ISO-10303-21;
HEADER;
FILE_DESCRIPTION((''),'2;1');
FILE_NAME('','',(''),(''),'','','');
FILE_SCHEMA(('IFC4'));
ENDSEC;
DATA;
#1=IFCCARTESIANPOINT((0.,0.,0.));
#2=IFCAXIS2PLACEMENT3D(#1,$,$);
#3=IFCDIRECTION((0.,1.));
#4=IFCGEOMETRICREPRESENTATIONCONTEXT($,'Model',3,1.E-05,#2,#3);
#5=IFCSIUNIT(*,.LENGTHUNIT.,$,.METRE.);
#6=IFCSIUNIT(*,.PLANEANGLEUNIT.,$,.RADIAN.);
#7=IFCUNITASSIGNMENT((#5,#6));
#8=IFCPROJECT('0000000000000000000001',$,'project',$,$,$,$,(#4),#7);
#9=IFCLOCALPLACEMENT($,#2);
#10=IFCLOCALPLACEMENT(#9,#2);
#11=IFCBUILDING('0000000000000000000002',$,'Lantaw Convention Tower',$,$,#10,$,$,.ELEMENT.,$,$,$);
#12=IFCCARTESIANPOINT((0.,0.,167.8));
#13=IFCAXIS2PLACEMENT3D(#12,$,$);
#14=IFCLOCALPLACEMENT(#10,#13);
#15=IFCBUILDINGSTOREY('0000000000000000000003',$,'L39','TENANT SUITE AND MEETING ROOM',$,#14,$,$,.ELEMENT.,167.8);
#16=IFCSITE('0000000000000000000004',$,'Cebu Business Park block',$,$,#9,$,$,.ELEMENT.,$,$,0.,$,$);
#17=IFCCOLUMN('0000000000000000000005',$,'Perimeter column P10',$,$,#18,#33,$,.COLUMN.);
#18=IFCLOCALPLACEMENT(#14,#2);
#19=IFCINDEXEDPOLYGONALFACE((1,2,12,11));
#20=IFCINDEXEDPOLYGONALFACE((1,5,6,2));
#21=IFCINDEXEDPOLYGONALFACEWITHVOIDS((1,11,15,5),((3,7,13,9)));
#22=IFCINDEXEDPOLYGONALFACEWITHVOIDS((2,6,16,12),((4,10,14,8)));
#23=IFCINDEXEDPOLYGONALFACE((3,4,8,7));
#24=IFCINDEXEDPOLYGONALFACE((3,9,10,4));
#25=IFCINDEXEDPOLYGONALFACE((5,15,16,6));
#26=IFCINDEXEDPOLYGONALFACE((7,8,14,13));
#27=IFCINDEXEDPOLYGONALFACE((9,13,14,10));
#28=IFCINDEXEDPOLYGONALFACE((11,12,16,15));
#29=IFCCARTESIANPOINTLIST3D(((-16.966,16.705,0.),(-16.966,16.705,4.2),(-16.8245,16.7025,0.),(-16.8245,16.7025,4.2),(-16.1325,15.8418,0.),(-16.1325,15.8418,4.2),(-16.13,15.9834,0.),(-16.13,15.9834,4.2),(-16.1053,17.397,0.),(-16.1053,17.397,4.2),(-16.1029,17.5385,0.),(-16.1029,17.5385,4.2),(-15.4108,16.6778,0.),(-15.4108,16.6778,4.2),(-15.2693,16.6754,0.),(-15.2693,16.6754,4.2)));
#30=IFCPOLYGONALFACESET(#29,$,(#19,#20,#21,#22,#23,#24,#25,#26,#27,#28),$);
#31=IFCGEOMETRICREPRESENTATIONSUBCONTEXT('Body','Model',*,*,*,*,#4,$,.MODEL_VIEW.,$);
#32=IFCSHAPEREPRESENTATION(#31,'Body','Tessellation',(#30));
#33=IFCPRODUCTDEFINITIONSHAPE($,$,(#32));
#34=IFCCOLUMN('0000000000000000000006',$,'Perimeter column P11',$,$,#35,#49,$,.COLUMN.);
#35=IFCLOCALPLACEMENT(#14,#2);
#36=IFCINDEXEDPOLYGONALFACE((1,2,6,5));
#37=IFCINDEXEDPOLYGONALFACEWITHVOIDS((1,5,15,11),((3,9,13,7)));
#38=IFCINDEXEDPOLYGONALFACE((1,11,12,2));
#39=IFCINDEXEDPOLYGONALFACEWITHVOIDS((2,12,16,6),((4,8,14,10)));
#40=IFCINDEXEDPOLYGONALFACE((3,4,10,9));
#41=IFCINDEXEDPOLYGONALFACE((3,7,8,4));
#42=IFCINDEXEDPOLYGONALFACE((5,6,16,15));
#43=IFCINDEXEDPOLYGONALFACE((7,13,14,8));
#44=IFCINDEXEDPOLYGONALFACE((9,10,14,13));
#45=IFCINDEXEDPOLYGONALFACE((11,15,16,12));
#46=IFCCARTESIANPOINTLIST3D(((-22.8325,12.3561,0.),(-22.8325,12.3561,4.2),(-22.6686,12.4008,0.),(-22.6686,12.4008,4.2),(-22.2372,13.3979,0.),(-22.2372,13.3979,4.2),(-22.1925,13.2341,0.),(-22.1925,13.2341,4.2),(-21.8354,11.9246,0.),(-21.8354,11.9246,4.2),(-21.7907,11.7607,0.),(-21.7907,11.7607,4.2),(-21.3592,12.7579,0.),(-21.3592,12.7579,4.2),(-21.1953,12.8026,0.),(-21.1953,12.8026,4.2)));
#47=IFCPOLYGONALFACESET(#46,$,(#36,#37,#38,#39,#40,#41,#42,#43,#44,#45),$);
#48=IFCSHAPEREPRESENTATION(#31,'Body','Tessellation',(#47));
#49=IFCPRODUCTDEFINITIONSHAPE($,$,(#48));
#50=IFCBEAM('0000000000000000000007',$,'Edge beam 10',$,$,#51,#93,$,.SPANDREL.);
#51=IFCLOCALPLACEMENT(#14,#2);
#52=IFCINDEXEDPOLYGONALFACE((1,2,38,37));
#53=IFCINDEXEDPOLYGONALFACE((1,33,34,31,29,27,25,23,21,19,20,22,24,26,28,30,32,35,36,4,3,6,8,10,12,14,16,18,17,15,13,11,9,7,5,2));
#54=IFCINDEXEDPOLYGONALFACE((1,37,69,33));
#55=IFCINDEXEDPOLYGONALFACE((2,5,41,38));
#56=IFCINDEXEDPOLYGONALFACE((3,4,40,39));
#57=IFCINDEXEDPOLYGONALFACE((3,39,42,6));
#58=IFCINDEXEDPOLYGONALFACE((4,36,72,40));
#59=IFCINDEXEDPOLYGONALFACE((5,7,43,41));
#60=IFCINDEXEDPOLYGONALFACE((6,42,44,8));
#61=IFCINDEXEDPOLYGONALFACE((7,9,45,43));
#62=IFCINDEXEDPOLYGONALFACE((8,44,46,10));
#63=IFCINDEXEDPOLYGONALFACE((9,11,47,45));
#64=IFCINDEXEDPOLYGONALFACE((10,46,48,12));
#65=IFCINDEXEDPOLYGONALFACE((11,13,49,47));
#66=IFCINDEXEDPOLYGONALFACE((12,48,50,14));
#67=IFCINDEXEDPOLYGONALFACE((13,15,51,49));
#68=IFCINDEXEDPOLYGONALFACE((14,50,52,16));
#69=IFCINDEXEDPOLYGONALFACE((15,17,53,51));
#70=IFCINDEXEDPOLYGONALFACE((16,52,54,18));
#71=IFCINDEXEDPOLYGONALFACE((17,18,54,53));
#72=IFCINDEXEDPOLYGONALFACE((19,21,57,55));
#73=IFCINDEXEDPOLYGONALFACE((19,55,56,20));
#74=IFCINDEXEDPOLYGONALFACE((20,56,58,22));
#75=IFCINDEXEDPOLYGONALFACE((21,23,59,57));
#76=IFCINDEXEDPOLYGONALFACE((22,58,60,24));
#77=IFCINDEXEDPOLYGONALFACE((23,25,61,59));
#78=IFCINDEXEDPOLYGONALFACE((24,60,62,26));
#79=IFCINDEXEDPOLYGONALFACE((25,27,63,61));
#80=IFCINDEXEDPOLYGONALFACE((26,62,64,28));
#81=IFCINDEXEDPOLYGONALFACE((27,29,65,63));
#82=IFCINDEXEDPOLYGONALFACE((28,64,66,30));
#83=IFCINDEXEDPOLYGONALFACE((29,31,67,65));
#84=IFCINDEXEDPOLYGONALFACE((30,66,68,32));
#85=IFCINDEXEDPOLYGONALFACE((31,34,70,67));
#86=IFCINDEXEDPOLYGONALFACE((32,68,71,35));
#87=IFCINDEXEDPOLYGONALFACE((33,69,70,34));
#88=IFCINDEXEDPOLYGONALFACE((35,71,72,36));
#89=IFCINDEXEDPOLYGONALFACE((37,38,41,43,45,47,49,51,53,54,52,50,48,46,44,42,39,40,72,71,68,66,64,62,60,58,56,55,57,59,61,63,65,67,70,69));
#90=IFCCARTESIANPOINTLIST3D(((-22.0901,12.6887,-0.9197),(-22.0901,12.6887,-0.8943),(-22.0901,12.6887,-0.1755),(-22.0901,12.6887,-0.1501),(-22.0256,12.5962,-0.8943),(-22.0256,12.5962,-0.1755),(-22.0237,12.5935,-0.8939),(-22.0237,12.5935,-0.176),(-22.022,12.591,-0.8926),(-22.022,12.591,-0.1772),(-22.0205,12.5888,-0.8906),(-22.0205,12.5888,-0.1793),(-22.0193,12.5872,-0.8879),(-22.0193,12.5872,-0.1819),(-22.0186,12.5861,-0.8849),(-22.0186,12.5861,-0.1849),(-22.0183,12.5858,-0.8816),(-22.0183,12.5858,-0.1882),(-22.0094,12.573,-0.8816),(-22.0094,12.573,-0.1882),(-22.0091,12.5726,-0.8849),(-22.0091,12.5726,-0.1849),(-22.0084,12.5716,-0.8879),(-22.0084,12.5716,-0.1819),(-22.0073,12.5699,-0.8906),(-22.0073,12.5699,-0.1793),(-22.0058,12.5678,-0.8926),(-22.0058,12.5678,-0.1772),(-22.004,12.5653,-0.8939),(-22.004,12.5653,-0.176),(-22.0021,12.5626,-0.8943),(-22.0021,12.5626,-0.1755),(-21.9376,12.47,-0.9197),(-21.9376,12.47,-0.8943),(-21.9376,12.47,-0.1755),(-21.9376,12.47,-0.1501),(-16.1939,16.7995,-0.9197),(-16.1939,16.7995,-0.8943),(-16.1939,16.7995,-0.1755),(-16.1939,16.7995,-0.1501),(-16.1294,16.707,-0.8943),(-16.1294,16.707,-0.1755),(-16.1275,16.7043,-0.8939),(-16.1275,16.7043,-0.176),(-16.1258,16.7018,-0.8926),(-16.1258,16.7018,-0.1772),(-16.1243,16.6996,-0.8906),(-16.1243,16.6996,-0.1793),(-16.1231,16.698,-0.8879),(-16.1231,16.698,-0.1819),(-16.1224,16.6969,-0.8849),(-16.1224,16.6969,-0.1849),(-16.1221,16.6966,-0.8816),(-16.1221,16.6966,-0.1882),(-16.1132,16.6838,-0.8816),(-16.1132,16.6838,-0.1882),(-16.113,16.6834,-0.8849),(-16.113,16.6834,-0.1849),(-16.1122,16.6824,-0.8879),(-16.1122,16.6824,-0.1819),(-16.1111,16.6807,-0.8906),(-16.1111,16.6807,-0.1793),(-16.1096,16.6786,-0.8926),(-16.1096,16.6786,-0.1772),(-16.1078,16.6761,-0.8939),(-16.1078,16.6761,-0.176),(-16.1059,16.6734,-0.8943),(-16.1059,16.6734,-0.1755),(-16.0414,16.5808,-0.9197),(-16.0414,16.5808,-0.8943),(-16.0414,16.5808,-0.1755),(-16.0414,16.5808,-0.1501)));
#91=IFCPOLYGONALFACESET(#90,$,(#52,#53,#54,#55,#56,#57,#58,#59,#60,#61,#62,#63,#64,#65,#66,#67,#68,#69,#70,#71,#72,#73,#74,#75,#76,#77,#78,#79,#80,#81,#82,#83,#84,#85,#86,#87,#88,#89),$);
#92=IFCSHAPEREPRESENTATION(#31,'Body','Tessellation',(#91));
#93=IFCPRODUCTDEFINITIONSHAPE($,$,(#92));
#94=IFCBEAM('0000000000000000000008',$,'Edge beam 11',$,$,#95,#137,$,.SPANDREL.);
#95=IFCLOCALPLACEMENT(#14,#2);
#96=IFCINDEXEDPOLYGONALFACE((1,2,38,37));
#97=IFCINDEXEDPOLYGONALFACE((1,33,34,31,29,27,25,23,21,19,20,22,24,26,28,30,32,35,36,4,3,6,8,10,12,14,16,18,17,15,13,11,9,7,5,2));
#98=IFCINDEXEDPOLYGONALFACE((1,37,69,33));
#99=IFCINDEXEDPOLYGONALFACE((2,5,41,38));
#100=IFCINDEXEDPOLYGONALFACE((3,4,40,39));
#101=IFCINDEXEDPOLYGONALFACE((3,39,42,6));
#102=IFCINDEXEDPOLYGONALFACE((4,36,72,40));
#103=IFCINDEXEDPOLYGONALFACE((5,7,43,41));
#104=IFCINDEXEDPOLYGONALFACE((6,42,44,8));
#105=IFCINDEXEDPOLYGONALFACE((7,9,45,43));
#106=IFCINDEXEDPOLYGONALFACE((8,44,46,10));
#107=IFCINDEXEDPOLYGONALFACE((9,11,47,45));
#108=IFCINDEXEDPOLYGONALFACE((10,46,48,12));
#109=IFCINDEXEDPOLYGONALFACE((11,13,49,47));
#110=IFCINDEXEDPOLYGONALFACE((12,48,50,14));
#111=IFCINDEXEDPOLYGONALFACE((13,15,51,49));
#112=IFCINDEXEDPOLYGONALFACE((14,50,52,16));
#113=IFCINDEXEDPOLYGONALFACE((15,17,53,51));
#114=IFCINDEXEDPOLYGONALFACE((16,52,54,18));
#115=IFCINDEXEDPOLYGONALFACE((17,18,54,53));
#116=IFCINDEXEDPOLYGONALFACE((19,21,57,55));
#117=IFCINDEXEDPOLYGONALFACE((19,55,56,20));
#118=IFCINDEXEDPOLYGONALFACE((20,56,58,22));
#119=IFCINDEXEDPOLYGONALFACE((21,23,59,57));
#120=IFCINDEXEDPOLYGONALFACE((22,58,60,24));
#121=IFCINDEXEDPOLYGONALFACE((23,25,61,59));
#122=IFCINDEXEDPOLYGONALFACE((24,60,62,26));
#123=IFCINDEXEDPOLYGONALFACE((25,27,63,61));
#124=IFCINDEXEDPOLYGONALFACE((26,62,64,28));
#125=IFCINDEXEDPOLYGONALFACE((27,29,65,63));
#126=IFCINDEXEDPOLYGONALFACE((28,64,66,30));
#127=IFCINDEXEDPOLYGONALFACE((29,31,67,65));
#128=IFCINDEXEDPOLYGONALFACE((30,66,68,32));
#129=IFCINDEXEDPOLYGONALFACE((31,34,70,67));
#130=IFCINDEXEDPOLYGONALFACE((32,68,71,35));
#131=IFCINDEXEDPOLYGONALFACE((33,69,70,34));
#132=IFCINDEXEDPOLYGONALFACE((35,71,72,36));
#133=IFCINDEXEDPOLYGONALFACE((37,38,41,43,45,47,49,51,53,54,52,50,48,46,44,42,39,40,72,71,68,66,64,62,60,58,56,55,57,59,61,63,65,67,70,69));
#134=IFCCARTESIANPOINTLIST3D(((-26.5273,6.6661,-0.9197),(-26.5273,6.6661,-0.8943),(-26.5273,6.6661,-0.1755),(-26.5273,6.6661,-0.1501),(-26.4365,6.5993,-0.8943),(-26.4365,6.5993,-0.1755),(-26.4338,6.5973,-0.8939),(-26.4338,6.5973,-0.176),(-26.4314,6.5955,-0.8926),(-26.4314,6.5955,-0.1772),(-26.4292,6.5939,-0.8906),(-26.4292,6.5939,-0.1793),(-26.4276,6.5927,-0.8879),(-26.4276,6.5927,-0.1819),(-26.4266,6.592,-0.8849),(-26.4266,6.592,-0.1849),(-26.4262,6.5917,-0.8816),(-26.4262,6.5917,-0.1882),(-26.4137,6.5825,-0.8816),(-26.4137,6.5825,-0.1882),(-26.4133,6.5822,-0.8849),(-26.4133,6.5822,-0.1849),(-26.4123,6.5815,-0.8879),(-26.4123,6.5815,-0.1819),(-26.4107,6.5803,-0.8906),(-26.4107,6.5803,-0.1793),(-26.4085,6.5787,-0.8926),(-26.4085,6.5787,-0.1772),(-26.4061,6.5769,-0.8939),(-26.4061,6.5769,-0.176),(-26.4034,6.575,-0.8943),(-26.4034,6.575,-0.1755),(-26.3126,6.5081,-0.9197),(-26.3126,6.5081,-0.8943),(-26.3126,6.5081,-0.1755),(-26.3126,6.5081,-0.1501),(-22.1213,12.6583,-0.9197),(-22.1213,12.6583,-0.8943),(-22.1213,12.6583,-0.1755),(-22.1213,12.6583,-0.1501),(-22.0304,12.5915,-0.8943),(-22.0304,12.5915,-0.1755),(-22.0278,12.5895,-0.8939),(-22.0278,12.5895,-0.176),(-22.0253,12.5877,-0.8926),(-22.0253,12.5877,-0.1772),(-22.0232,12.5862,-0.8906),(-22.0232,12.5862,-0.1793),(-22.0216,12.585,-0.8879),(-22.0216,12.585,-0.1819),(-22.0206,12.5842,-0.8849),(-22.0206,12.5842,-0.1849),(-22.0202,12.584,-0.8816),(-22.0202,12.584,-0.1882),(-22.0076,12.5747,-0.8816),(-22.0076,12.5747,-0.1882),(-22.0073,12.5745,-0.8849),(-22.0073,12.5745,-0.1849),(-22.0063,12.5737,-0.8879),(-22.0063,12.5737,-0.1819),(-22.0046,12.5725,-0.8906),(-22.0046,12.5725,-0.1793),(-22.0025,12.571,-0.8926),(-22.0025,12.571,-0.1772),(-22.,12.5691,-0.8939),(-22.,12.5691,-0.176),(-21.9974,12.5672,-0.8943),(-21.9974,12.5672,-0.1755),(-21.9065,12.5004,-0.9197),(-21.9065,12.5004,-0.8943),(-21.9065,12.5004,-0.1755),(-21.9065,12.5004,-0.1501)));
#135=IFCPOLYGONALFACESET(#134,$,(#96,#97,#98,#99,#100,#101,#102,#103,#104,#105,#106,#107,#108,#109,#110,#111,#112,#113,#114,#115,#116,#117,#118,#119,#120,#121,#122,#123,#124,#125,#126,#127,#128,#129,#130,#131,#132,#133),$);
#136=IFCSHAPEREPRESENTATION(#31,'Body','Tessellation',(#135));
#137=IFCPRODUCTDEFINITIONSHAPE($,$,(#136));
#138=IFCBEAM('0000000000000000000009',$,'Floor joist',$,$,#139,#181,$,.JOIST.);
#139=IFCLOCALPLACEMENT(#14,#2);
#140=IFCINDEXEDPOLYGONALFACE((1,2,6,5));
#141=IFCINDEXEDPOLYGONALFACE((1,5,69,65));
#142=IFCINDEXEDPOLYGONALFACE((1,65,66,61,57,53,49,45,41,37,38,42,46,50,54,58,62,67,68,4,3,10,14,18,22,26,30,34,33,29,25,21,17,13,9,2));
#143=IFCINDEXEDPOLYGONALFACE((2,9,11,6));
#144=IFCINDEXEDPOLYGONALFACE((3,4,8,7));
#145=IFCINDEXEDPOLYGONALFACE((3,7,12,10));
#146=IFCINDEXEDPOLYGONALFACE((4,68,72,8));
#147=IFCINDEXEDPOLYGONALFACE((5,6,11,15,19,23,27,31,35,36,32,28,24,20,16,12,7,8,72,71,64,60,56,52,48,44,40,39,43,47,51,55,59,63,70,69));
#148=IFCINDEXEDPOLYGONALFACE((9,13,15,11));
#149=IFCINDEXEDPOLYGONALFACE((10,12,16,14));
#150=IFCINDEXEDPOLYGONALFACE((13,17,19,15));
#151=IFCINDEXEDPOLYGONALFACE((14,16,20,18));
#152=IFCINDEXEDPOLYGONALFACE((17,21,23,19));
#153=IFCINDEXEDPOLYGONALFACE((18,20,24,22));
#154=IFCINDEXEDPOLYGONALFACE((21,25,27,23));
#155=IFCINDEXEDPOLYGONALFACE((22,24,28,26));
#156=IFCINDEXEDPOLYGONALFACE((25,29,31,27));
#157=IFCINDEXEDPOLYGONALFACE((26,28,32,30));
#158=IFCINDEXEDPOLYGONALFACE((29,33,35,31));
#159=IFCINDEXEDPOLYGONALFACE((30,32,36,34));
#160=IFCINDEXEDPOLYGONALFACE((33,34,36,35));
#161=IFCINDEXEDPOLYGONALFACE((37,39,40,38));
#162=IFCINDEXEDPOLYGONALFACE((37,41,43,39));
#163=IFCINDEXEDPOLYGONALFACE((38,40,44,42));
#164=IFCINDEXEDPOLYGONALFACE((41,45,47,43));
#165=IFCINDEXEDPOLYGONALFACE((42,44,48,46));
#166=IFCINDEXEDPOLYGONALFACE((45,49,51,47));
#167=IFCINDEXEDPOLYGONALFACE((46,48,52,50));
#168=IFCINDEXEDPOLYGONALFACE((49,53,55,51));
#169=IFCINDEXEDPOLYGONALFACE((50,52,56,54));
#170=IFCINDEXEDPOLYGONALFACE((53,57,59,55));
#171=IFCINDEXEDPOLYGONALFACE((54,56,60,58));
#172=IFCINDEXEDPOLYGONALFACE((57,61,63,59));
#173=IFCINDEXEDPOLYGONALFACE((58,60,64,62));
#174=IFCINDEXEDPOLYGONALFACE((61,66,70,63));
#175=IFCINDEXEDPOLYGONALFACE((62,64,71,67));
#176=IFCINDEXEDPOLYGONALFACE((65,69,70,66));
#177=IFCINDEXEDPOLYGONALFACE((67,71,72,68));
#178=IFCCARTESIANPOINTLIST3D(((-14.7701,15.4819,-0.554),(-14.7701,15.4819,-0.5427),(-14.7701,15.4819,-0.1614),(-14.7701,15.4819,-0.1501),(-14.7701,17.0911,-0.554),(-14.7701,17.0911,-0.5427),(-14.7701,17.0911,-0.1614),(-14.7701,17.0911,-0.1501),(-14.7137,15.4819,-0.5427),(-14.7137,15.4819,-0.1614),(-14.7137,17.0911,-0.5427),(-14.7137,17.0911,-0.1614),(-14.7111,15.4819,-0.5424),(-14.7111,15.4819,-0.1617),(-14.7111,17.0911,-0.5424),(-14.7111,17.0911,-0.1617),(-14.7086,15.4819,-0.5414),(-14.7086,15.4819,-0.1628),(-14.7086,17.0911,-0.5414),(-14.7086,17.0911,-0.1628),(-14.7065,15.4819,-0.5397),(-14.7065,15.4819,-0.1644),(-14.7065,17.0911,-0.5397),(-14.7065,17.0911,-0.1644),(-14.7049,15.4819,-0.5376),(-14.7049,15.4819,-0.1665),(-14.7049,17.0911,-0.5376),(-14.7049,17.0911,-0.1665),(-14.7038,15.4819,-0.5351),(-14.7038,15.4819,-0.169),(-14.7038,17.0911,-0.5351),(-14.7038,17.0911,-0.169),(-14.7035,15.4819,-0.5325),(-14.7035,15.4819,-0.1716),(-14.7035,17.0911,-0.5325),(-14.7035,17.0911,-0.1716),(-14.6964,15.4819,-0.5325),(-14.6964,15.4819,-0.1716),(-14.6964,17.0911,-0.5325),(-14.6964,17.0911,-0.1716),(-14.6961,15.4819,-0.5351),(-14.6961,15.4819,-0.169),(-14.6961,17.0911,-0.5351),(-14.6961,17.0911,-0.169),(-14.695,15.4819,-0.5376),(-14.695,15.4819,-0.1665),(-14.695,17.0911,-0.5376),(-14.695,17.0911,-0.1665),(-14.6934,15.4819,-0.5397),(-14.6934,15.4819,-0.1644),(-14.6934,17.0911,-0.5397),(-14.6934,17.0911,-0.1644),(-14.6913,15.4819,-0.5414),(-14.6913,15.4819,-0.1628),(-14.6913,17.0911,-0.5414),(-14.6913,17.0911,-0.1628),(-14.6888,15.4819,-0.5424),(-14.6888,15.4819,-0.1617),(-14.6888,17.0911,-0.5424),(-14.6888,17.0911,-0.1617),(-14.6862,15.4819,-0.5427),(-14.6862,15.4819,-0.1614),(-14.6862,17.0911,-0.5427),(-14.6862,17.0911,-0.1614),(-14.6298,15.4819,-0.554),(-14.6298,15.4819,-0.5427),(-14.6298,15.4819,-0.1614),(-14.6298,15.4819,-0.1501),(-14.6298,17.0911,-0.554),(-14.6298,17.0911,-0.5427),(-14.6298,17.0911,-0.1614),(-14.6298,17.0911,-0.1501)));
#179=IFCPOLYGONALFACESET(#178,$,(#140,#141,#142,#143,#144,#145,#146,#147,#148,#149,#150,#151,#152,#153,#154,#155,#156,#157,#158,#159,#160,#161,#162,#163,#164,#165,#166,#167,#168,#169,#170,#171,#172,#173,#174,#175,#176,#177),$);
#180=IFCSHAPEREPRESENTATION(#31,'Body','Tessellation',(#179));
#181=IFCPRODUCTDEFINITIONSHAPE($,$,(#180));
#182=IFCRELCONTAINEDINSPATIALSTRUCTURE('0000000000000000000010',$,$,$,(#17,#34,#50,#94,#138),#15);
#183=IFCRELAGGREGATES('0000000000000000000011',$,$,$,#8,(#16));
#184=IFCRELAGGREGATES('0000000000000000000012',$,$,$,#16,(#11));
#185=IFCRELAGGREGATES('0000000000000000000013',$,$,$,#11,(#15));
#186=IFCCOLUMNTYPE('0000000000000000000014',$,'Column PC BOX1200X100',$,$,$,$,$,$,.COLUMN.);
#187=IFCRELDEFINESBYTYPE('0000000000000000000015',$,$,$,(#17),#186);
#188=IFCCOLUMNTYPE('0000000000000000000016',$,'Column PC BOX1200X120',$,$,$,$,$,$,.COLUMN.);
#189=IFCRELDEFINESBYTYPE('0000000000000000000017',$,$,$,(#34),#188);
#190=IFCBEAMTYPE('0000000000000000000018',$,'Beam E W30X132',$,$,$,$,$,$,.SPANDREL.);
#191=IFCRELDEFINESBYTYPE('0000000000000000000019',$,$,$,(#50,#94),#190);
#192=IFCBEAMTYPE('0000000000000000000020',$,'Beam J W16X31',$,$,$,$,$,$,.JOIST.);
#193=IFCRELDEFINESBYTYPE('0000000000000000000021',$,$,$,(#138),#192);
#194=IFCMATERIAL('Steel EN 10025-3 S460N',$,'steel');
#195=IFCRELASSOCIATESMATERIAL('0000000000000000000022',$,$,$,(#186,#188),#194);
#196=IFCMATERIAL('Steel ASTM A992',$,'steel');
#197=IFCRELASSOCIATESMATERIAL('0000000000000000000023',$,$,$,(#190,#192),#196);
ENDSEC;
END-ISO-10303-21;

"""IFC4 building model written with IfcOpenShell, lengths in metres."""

from ifc_helpers import new_model, si_unit, direction, frame, origin, origin_2d, place, context, subcontext, project, spatial, rectangle, hollow_rectangle, i_section, extrude, material, material_profile, profile_set, type_object, element, save


model = new_model("IFC4")

# Units and contexts
model_context = context("Model", 3, precision=1e-05, world=origin(), true_north=direction((0.0, 1.0)))
body_context = subcontext(model_context, "Body", "Model", "MODEL_VIEW")
ifc_project = project(units=[si_unit("LENGTHUNIT", "METRE"), si_unit("PLANEANGLEUNIT", "RADIAN")], contexts=[model_context])

# Site, building, storey
site_placement = place(None, origin())
site = spatial("IfcSite", under=ifc_project, at=site_placement, Name="Cebu Business Park block", CompositionType="ELEMENT", RefElevation=0.0)
building_placement = place(site_placement, origin())
building = spatial("IfcBuilding", under=site, at=building_placement, Name="Lantaw Convention Tower", CompositionType="ELEMENT")
storey_placement = place(building_placement, frame((0.0, 0.0, 167.8)))
storey = spatial("IfcBuildingStorey", under=building, at=storey_placement, Name="L39", Description="TENANT SUITE AND MEETING ROOM", CompositionType="ELEMENT", Elevation=167.8)

# Columns
ifc_material_1 = material(Name="Steel EN 10025-3 S460N", Category="steel")
ifc_material_profile_1 = material_profile(ifc_material_1, hollow_rectangle(XDim=1.2, YDim=1.2, WallThickness=0.1001, at=origin_2d()), Name="BOX1200X100")
ifc_material_2 = material(Name="Concrete C60/75", Category="concrete")
ifc_material_profile_2 = material_profile(ifc_material_2, rectangle(XDim=1.0, YDim=1.0, at=origin_2d()), Name="Concrete fill of BOX1200X100")
ifc_profile_set_1 = profile_set([ifc_material_profile_1, ifc_material_profile_2], Name="Steel EN 10025-3 S460N")
column_type_1 = type_object("IfcColumnType", Name="Column PC BOX1200X100", PredefinedType="COLUMN", material=ifc_profile_set_1)
column_1_placement = place(storey_placement, frame((-16.1177, 16.6902, 0.0), z_axis=(0.0, 0.0, 1.0), x_axis=(0.71934, 0.694658, 0.0)))
element("IfcColumn", 1, at=column_1_placement, inside=storey, type_object=column_type_1, Name="Perimeter column P10", PredefinedType="COLUMN", context=body_context, shape_type="SweptSolid", body=[
    extrude(hollow_rectangle(XDim=1.2, YDim=1.2, WallThickness=0.1001, at=origin_2d()), origin(), (0.0, 0.0, 1.0), 4.2),
])
ifc_material_profile_3 = material_profile(ifc_material_1, hollow_rectangle(XDim=1.2, YDim=1.2, WallThickness=0.1201, at=origin_2d()), Name="BOX1200X120")
ifc_material_profile_4 = material_profile(ifc_material_2, rectangle(XDim=0.96, YDim=0.96, at=origin_2d()), Name="Concrete fill of BOX1200X120")
ifc_profile_set_2 = profile_set([ifc_material_profile_3, ifc_material_profile_4], Name="Steel EN 10025-3 S460N")
column_type_2 = type_object("IfcColumnType", Name="Column PC BOX1200X120", PredefinedType="COLUMN", material=ifc_profile_set_2)
column_2_placement = place(storey_placement, frame((-22.0139, 12.5793, 0.0), z_axis=(0.0, 0.0, 1.0), x_axis=(0.496139, 0.868243, 0.0)))
element("IfcColumn", 2, at=column_2_placement, inside=storey, type_object=column_type_2, Name="Perimeter column P11", PredefinedType="COLUMN", context=body_context, shape_type="SweptSolid", body=[
    extrude(hollow_rectangle(XDim=1.2, YDim=1.2, WallThickness=0.1201, at=origin_2d()), origin(), (0.0, 0.0, 1.0), 4.2),
])

# Beams
ifc_material_3 = material(Name="Steel ASTM A992", Category="steel")
ifc_material_profile_5 = material_profile(ifc_material_3, i_section(OverallWidth=0.2666, OverallDepth=0.7695, WebThickness=0.0156, FlangeThickness=0.0254, FilletRadius=0.0127, at=origin_2d()), Name="W30X132")
ifc_profile_set_3 = profile_set([ifc_material_profile_5], Name="Steel ASTM A992")
beam_type_1 = type_object("IfcBeamType", Name="Beam E W30X132", PredefinedType="SPANDREL", material=ifc_profile_set_3)
beam_1_placement = place(storey_placement, frame((-16.1177, 16.6902, -0.5349), z_axis=(-0.820311, -0.571918, 0.0), x_axis=(0.571918, -0.820311, 0.0)))
element("IfcBeam", 3, at=beam_1_placement, inside=storey, type_object=beam_type_1, Name="Edge beam 10", PredefinedType="SPANDREL", context=body_context, shape_type="SweptSolid", body=[
    extrude(i_section(OverallWidth=0.2666, OverallDepth=0.7695, WebThickness=0.0156, FlangeThickness=0.0254, FilletRadius=0.0127, at=origin_2d()), origin(), (0.0, 0.0, 1.0), 7.1877),
])
beam_2_placement = place(storey_placement, frame((-22.0139, 12.5793, -0.5349), z_axis=(-0.592389, -0.805652, 0.0), x_axis=(0.805652, -0.592389, 0.0)))
element("IfcBeam", 4, at=beam_2_placement, inside=storey, type_object=beam_type_1, Name="Edge beam 11", PredefinedType="SPANDREL", context=body_context, shape_type="SweptSolid", body=[
    extrude(i_section(OverallWidth=0.2666, OverallDepth=0.7695, WebThickness=0.0156, FlangeThickness=0.0254, FilletRadius=0.0127, at=origin_2d()), origin(), (0.0, 0.0, 1.0), 7.4377),
])
ifc_material_profile_6 = material_profile(ifc_material_3, i_section(OverallWidth=0.1404, OverallDepth=0.4038, WebThickness=0.0071, FlangeThickness=0.0112, FilletRadius=0.0103, at=origin_2d()), Name="W16X31")
ifc_profile_set_4 = profile_set([ifc_material_profile_6], Name="Steel ASTM A992")
beam_type_2 = type_object("IfcBeamType", Name="Beam J W16X31", PredefinedType="JOIST", material=ifc_profile_set_4)
beam_3_placement = place(storey_placement, frame((-14.7, 15.4819, -0.3521), z_axis=(0.0, 1.0, 0.0), x_axis=(-1.0, 0.0, 0.0)))
element("IfcBeam", 5, at=beam_3_placement, inside=storey, type_object=beam_type_2, Name="Floor joist", PredefinedType="JOIST", context=body_context, shape_type="SweptSolid", body=[
    extrude(i_section(OverallWidth=0.1404, OverallDepth=0.4038, WebThickness=0.0071, FlangeThickness=0.0112, FilletRadius=0.0103, at=origin_2d()), origin(), (0.0, 0.0, 1.0), 1.6091),
])

save(model, "model.ifc")
